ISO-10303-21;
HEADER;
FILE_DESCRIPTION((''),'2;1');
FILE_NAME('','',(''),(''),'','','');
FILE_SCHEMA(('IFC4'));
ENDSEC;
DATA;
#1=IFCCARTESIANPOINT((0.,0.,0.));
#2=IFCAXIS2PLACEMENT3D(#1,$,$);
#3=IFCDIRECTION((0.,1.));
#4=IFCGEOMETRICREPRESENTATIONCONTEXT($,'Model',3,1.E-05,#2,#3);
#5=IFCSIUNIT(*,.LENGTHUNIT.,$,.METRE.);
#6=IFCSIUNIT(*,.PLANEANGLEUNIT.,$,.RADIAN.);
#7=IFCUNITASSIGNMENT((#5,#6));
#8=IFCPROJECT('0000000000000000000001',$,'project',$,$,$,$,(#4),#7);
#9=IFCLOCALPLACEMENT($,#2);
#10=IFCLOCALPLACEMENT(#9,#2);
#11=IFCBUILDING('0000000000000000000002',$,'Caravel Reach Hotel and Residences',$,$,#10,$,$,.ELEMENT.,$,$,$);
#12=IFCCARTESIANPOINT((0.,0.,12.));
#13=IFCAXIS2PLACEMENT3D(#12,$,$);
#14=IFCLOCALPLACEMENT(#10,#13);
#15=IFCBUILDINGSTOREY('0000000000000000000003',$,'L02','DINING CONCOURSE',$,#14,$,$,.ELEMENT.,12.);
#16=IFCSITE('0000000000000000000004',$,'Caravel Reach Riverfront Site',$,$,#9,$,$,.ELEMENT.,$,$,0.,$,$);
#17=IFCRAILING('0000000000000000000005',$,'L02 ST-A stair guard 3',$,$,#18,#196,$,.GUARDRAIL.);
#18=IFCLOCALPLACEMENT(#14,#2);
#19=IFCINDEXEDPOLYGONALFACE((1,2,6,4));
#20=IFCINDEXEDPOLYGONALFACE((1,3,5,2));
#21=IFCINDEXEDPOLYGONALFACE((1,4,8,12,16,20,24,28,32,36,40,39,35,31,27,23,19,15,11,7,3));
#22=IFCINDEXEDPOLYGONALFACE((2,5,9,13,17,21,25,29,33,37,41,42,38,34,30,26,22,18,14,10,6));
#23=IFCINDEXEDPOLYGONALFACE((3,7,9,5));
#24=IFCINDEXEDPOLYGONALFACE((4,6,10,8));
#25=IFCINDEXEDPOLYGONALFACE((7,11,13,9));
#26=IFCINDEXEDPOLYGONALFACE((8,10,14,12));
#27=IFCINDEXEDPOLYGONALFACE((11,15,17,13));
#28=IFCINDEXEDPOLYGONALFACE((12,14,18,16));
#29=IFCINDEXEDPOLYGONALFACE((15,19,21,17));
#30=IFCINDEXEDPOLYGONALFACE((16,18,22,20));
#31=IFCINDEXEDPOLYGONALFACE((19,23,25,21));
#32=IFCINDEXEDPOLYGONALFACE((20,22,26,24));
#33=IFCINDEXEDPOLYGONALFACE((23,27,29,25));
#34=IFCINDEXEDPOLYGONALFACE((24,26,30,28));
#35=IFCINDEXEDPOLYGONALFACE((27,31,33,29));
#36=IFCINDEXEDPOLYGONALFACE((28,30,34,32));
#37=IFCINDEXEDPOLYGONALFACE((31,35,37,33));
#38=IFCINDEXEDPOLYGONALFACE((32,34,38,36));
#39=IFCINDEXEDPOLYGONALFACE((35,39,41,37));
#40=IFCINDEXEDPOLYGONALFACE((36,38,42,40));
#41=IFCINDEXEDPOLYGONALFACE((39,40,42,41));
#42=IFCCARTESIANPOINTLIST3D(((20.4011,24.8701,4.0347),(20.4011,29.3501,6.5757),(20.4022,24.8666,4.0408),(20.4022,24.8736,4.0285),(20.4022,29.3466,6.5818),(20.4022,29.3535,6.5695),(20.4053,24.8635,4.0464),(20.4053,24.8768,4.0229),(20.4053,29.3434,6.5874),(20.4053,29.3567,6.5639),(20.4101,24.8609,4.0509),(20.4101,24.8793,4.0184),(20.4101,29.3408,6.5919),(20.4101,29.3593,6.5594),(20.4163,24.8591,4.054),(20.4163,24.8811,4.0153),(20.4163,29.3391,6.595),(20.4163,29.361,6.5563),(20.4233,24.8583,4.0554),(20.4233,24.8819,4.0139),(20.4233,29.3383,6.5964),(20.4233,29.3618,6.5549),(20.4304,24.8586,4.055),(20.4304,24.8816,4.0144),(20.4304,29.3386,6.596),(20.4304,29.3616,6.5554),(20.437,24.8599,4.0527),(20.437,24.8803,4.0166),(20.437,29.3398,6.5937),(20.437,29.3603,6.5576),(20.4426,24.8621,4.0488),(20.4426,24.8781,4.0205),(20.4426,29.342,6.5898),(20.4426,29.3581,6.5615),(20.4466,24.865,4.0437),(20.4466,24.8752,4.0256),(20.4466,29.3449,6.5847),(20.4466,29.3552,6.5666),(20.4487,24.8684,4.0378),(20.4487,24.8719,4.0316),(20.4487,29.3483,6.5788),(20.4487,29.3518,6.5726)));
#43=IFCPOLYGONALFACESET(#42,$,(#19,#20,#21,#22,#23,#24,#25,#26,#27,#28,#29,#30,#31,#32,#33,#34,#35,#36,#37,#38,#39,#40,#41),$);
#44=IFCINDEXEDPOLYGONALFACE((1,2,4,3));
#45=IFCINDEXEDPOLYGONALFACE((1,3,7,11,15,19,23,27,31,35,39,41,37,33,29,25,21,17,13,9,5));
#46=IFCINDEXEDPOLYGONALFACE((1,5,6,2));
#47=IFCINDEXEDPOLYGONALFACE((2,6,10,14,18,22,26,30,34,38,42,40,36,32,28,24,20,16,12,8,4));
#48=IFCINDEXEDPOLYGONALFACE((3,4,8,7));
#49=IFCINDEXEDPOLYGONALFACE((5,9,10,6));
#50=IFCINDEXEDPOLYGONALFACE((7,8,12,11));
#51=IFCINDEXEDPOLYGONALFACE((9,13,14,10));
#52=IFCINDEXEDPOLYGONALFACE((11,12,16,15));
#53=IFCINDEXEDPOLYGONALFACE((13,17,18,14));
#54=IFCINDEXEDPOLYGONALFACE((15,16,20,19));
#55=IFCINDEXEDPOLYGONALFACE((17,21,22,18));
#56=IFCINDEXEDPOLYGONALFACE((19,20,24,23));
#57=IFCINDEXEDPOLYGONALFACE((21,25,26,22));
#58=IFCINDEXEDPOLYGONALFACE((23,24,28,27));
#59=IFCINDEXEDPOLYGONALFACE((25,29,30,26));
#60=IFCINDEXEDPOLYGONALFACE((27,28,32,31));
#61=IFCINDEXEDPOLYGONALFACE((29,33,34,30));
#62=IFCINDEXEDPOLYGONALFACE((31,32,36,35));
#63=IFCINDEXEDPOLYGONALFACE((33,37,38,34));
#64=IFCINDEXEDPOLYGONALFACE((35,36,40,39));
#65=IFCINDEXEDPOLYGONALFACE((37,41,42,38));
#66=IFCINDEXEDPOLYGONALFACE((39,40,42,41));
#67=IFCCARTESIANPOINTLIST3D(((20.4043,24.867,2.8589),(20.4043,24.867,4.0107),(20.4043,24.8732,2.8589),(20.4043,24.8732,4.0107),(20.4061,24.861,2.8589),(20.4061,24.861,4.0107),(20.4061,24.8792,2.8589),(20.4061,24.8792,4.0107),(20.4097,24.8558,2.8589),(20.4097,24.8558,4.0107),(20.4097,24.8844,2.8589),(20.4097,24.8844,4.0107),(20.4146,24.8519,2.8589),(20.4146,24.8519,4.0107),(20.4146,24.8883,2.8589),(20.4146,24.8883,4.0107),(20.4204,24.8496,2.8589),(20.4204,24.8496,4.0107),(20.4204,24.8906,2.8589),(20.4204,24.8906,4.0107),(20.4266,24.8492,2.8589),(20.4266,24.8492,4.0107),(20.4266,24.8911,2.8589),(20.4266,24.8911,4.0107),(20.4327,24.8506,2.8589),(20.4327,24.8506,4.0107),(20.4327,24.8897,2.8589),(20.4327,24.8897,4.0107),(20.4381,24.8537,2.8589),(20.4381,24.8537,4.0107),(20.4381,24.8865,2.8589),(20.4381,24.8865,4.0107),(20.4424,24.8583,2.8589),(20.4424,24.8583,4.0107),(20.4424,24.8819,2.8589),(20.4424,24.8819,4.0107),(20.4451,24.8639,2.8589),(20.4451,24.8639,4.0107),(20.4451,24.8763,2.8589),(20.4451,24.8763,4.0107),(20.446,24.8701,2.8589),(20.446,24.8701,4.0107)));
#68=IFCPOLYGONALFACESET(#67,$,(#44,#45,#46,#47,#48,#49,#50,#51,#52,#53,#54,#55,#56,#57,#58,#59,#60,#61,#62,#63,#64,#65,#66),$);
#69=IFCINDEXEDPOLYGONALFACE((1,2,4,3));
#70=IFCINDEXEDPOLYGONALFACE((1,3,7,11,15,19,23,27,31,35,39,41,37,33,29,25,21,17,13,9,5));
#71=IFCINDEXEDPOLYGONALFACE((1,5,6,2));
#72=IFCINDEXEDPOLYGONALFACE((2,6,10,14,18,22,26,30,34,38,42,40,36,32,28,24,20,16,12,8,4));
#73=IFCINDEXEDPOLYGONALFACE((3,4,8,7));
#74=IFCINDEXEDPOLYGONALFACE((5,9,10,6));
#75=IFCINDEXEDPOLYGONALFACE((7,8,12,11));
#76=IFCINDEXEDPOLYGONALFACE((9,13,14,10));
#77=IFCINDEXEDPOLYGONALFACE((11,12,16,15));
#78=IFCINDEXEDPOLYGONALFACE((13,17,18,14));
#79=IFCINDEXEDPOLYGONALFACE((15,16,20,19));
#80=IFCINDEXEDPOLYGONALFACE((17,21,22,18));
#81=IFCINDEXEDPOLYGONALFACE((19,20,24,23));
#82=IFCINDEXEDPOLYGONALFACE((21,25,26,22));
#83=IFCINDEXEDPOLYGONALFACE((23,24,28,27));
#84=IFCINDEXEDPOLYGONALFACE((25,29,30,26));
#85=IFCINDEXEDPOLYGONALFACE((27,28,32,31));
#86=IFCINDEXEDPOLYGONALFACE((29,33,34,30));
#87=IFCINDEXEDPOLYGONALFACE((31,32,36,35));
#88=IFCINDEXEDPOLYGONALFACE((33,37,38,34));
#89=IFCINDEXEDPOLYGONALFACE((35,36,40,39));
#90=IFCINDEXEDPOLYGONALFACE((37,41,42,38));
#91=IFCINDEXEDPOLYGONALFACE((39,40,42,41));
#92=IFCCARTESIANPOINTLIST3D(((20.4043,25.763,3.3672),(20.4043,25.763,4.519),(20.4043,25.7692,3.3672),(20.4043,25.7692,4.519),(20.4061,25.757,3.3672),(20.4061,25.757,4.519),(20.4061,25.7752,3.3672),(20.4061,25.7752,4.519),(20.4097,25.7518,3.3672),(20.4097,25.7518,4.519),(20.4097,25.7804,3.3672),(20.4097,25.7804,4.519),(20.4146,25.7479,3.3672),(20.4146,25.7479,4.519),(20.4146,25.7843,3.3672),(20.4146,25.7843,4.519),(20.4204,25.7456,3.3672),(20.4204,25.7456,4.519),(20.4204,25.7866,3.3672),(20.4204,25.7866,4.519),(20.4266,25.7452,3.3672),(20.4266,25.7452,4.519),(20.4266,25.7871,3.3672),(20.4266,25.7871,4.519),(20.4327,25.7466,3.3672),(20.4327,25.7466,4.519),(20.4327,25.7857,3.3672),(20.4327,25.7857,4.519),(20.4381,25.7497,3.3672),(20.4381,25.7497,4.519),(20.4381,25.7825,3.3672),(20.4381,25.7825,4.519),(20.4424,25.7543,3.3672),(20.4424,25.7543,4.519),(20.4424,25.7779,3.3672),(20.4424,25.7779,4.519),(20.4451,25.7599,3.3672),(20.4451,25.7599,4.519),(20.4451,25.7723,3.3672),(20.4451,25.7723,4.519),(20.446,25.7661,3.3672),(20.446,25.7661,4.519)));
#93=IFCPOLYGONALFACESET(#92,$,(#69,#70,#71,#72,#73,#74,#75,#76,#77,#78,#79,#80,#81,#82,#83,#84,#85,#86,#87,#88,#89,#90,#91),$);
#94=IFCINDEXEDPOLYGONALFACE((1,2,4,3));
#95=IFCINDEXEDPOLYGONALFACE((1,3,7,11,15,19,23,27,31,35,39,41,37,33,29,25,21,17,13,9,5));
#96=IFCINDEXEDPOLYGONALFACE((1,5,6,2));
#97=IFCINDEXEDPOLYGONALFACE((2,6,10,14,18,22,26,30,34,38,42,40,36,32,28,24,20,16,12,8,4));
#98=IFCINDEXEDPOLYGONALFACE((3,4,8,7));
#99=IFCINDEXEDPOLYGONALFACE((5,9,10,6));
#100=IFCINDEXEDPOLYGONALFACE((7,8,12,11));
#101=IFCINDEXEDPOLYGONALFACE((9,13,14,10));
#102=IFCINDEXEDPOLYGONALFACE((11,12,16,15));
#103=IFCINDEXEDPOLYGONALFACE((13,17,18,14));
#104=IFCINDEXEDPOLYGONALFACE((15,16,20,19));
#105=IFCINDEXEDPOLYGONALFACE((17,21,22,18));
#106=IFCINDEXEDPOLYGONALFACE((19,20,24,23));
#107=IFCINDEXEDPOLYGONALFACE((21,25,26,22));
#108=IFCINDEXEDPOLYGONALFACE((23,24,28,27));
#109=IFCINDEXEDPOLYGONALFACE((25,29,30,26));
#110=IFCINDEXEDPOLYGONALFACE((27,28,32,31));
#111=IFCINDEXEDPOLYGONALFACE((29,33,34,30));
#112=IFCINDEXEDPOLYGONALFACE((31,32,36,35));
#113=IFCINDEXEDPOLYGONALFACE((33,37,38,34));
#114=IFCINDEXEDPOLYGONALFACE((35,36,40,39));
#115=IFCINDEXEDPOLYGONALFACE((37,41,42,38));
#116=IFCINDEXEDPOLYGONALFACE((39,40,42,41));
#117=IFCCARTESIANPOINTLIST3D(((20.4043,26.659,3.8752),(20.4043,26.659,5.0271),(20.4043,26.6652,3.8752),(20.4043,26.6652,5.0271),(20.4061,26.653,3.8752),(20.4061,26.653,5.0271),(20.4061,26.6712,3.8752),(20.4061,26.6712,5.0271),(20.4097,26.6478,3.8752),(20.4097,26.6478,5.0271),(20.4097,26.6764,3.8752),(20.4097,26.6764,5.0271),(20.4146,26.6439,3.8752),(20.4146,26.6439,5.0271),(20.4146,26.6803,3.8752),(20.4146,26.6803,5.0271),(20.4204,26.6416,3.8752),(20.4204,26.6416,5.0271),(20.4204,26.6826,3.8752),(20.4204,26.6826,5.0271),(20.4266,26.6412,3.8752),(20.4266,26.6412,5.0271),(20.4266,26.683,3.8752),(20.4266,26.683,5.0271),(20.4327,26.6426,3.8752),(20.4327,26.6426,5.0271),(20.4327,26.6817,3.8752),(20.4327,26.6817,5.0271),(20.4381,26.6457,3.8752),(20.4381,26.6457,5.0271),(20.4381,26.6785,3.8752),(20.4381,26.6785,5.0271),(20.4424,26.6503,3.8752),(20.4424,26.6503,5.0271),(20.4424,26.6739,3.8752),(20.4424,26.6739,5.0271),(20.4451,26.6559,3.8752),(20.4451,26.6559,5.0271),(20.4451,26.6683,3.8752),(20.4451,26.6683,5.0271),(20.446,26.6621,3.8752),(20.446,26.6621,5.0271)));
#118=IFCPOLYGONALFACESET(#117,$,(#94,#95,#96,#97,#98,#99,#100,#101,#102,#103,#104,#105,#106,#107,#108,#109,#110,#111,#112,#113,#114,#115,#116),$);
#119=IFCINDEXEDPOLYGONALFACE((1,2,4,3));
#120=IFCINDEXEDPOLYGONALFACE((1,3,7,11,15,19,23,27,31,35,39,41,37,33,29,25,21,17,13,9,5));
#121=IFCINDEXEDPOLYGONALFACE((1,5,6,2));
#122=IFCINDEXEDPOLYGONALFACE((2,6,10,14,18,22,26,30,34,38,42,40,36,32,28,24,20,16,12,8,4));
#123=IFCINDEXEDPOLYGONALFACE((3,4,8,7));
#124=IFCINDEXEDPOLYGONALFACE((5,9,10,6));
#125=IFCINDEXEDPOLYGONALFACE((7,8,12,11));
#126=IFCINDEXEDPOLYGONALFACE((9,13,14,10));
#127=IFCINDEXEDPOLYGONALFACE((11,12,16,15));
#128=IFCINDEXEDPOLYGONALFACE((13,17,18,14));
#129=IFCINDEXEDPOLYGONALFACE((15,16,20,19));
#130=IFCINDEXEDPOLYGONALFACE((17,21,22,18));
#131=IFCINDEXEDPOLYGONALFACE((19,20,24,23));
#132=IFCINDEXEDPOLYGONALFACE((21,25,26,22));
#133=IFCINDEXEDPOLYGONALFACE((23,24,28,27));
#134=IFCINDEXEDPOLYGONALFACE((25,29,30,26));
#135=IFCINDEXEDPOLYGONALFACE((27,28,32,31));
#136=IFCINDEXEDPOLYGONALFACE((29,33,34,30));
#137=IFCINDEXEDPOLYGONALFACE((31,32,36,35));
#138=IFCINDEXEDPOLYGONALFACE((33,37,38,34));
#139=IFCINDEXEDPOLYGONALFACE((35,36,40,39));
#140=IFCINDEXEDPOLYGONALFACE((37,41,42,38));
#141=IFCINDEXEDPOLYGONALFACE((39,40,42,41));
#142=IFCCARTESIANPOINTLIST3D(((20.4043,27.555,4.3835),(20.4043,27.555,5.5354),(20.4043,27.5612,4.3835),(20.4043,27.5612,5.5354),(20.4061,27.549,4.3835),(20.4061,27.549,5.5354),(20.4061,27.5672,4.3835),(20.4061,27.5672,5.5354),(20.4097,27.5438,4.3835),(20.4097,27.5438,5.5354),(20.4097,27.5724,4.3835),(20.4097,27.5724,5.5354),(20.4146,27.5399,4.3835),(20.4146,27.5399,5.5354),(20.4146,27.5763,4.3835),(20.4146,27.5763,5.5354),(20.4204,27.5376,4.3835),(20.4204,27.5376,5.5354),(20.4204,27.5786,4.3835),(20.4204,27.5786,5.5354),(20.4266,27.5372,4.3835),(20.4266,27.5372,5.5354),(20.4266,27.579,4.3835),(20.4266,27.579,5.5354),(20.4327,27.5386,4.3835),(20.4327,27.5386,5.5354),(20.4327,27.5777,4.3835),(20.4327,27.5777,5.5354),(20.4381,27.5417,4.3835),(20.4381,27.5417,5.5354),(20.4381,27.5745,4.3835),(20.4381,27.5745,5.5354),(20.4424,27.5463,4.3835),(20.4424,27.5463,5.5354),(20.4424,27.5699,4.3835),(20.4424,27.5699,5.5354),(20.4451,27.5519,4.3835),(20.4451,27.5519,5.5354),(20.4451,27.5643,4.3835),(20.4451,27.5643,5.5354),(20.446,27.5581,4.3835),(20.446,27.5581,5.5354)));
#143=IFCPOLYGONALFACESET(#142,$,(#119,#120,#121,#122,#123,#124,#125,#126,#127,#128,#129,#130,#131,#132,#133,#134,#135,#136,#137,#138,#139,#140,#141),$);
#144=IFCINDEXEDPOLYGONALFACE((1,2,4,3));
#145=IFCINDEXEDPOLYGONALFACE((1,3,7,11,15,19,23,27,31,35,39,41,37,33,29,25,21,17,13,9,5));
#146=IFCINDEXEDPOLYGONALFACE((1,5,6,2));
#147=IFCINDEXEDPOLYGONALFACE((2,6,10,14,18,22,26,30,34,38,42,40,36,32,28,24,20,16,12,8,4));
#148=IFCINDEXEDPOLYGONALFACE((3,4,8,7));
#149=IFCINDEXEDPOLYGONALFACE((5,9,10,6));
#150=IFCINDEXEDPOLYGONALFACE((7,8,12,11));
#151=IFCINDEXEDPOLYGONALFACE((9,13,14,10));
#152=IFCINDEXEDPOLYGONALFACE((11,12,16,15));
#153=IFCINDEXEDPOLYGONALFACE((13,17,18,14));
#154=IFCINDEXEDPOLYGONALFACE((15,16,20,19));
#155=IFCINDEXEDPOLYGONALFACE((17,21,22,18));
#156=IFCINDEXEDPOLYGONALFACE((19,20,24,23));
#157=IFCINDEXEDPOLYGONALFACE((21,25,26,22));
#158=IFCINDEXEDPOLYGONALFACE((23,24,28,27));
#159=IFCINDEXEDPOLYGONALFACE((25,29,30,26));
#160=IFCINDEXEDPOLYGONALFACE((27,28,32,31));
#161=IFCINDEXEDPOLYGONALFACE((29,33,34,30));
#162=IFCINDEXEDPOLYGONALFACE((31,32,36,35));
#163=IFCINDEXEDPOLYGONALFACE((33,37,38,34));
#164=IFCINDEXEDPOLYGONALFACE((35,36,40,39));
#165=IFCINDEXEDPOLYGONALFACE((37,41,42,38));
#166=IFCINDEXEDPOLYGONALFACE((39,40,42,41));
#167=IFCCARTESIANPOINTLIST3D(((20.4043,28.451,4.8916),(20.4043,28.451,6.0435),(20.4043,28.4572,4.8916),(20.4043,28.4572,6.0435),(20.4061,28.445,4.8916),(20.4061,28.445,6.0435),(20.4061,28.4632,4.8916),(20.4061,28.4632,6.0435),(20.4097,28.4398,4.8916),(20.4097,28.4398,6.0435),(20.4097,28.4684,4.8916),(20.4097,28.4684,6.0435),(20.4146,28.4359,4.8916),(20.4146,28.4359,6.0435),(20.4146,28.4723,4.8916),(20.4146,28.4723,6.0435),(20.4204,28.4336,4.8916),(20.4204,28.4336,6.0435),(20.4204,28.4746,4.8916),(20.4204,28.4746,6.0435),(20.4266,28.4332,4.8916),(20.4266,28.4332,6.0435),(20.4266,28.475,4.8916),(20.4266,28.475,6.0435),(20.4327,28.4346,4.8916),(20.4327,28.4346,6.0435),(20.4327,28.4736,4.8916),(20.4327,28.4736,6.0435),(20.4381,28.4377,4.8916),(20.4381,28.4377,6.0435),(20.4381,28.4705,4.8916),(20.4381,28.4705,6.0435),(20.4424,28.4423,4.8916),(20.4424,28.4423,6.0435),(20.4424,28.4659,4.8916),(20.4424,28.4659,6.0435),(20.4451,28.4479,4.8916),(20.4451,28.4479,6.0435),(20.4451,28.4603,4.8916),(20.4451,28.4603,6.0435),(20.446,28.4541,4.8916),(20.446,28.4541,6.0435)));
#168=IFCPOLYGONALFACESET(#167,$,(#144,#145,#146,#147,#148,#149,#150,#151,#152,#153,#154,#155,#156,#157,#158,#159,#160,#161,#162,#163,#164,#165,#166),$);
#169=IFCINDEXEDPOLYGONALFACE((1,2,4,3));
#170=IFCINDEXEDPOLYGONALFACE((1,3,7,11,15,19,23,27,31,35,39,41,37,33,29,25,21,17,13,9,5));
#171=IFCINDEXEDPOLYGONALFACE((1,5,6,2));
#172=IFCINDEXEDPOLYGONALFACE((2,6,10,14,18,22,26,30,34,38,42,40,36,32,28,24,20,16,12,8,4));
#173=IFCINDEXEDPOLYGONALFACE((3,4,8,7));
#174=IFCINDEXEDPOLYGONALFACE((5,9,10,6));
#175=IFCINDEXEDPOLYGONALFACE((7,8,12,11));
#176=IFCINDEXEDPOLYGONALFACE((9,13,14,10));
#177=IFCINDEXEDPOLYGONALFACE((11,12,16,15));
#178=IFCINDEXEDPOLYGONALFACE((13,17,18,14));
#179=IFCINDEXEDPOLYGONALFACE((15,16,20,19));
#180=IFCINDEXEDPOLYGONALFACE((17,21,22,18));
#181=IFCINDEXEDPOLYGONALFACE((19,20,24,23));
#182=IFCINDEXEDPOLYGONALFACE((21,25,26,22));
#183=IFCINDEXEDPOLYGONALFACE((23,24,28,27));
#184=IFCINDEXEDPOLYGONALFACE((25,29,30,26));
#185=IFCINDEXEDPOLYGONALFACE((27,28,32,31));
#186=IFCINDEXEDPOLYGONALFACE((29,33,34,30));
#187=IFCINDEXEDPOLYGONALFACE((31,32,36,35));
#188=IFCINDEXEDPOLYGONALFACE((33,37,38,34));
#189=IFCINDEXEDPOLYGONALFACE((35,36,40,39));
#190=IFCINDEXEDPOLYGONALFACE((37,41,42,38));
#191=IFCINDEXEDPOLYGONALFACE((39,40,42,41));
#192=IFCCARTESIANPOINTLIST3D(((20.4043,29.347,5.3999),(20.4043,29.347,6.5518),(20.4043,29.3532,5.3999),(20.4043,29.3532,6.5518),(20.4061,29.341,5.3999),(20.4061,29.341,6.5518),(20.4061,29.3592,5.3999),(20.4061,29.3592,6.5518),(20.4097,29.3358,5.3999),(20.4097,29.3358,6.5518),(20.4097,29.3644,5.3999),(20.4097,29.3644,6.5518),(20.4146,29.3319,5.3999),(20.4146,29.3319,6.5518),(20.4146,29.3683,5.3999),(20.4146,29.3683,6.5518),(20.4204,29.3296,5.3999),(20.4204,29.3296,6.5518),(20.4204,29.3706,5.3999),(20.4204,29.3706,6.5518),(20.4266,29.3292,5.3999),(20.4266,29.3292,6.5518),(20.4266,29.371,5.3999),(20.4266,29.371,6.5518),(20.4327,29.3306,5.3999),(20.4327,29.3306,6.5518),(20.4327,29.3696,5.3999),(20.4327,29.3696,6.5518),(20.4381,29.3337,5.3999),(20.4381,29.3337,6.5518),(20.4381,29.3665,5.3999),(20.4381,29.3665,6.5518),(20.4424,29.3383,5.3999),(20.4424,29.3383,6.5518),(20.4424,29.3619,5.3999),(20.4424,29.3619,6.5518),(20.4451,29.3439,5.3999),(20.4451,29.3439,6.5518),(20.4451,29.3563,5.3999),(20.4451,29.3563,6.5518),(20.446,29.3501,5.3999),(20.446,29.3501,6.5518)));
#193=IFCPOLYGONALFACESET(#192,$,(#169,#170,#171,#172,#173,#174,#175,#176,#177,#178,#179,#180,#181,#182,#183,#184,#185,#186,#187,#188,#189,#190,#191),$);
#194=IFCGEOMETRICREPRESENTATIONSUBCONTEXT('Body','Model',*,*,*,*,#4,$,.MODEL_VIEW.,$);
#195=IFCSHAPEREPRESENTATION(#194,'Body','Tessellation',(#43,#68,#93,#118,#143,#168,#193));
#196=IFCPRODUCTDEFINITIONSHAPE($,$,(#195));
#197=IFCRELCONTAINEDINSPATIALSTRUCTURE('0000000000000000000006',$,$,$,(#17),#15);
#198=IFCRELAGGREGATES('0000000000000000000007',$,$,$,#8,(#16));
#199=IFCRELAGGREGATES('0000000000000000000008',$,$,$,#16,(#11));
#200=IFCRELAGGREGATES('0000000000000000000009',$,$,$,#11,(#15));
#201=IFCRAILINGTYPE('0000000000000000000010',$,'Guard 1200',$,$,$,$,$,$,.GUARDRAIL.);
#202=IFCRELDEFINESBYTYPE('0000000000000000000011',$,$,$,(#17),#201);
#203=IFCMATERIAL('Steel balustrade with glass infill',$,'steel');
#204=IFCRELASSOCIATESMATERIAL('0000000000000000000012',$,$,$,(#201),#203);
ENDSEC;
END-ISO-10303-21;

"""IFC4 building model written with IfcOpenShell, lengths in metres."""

from ifc_helpers import new_model, si_unit, direction, frame, origin, origin_2d, place, context, subcontext, project, spatial, circle, extrude, material, type_object, element, save


model = new_model("IFC4")

# Units and contexts
model_context = context("Model", 3, precision=1e-05, world=origin(), true_north=direction((0.0, 1.0)))
body_context = subcontext(model_context, "Body", "Model", "MODEL_VIEW")
ifc_project = project(units=[si_unit("LENGTHUNIT", "METRE"), si_unit("PLANEANGLEUNIT", "RADIAN")], contexts=[model_context])

# Site, building, storey
site_placement = place(None, origin())
site = spatial("IfcSite", under=ifc_project, at=site_placement, Name="Caravel Reach Riverfront Site", CompositionType="ELEMENT", RefElevation=0.0)
building_placement = place(site_placement, origin())
building = spatial("IfcBuilding", under=site, at=building_placement, Name="Caravel Reach Hotel and Residences", CompositionType="ELEMENT")
storey_placement = place(building_placement, frame((0.0, 0.0, 12.0)))
storey = spatial("IfcBuildingStorey", under=building, at=storey_placement, Name="L02", Description="DINING CONCOURSE", CompositionType="ELEMENT", Elevation=12.0)

# Railing
ifc_material_1 = material(Name="Steel balustrade with glass infill", Category="steel")
railing_type_1 = type_object("IfcRailingType", Name="Guard 1200", PredefinedType="GUARDRAIL", material=ifc_material_1)
railing_1_placement = place(storey_placement, frame((20.425, 24.8701, 2.8589)))
element("IfcRailing", 1, at=railing_1_placement, inside=storey, type_object=railing_type_1, Name="L02 ST-A stair guard 3", PredefinedType="GUARDRAIL", context=body_context, shape_type="SweptSolid", body=[
    extrude(circle(Radius=0.0239, at=origin_2d()), frame((0.0, 0.0, 1.1758), z_axis=(0.0, 0.869826, 0.493359), x_axis=(-1.0, 0.0, 0.0)), (0.0, 0.0, 1.0), 5.1504),
    extrude(circle(Radius=0.021, at=origin_2d()), origin(), (0.0, 0.0, 1.0), 1.1519),
    extrude(circle(Radius=0.021, at=origin_2d()), frame((0.0, 0.896, 0.5083)), (0.0, 0.0, 1.0), 1.1519),
    extrude(circle(Radius=0.021, at=origin_2d()), frame((0.0, 1.792, 1.0164)), (0.0, 0.0, 1.0), 1.1519),
    extrude(circle(Radius=0.021, at=origin_2d()), frame((0.0, 2.688, 1.5247)), (0.0, 0.0, 1.0), 1.1519),
    extrude(circle(Radius=0.021, at=origin_2d()), frame((0.0, 3.584, 2.0327)), (0.0, 0.0, 1.0), 1.1519),
    extrude(circle(Radius=0.021, at=origin_2d()), frame((0.0, 4.48, 2.541)), (0.0, 0.0, 1.0), 1.1519),
])

save(model, "model.ifc")
